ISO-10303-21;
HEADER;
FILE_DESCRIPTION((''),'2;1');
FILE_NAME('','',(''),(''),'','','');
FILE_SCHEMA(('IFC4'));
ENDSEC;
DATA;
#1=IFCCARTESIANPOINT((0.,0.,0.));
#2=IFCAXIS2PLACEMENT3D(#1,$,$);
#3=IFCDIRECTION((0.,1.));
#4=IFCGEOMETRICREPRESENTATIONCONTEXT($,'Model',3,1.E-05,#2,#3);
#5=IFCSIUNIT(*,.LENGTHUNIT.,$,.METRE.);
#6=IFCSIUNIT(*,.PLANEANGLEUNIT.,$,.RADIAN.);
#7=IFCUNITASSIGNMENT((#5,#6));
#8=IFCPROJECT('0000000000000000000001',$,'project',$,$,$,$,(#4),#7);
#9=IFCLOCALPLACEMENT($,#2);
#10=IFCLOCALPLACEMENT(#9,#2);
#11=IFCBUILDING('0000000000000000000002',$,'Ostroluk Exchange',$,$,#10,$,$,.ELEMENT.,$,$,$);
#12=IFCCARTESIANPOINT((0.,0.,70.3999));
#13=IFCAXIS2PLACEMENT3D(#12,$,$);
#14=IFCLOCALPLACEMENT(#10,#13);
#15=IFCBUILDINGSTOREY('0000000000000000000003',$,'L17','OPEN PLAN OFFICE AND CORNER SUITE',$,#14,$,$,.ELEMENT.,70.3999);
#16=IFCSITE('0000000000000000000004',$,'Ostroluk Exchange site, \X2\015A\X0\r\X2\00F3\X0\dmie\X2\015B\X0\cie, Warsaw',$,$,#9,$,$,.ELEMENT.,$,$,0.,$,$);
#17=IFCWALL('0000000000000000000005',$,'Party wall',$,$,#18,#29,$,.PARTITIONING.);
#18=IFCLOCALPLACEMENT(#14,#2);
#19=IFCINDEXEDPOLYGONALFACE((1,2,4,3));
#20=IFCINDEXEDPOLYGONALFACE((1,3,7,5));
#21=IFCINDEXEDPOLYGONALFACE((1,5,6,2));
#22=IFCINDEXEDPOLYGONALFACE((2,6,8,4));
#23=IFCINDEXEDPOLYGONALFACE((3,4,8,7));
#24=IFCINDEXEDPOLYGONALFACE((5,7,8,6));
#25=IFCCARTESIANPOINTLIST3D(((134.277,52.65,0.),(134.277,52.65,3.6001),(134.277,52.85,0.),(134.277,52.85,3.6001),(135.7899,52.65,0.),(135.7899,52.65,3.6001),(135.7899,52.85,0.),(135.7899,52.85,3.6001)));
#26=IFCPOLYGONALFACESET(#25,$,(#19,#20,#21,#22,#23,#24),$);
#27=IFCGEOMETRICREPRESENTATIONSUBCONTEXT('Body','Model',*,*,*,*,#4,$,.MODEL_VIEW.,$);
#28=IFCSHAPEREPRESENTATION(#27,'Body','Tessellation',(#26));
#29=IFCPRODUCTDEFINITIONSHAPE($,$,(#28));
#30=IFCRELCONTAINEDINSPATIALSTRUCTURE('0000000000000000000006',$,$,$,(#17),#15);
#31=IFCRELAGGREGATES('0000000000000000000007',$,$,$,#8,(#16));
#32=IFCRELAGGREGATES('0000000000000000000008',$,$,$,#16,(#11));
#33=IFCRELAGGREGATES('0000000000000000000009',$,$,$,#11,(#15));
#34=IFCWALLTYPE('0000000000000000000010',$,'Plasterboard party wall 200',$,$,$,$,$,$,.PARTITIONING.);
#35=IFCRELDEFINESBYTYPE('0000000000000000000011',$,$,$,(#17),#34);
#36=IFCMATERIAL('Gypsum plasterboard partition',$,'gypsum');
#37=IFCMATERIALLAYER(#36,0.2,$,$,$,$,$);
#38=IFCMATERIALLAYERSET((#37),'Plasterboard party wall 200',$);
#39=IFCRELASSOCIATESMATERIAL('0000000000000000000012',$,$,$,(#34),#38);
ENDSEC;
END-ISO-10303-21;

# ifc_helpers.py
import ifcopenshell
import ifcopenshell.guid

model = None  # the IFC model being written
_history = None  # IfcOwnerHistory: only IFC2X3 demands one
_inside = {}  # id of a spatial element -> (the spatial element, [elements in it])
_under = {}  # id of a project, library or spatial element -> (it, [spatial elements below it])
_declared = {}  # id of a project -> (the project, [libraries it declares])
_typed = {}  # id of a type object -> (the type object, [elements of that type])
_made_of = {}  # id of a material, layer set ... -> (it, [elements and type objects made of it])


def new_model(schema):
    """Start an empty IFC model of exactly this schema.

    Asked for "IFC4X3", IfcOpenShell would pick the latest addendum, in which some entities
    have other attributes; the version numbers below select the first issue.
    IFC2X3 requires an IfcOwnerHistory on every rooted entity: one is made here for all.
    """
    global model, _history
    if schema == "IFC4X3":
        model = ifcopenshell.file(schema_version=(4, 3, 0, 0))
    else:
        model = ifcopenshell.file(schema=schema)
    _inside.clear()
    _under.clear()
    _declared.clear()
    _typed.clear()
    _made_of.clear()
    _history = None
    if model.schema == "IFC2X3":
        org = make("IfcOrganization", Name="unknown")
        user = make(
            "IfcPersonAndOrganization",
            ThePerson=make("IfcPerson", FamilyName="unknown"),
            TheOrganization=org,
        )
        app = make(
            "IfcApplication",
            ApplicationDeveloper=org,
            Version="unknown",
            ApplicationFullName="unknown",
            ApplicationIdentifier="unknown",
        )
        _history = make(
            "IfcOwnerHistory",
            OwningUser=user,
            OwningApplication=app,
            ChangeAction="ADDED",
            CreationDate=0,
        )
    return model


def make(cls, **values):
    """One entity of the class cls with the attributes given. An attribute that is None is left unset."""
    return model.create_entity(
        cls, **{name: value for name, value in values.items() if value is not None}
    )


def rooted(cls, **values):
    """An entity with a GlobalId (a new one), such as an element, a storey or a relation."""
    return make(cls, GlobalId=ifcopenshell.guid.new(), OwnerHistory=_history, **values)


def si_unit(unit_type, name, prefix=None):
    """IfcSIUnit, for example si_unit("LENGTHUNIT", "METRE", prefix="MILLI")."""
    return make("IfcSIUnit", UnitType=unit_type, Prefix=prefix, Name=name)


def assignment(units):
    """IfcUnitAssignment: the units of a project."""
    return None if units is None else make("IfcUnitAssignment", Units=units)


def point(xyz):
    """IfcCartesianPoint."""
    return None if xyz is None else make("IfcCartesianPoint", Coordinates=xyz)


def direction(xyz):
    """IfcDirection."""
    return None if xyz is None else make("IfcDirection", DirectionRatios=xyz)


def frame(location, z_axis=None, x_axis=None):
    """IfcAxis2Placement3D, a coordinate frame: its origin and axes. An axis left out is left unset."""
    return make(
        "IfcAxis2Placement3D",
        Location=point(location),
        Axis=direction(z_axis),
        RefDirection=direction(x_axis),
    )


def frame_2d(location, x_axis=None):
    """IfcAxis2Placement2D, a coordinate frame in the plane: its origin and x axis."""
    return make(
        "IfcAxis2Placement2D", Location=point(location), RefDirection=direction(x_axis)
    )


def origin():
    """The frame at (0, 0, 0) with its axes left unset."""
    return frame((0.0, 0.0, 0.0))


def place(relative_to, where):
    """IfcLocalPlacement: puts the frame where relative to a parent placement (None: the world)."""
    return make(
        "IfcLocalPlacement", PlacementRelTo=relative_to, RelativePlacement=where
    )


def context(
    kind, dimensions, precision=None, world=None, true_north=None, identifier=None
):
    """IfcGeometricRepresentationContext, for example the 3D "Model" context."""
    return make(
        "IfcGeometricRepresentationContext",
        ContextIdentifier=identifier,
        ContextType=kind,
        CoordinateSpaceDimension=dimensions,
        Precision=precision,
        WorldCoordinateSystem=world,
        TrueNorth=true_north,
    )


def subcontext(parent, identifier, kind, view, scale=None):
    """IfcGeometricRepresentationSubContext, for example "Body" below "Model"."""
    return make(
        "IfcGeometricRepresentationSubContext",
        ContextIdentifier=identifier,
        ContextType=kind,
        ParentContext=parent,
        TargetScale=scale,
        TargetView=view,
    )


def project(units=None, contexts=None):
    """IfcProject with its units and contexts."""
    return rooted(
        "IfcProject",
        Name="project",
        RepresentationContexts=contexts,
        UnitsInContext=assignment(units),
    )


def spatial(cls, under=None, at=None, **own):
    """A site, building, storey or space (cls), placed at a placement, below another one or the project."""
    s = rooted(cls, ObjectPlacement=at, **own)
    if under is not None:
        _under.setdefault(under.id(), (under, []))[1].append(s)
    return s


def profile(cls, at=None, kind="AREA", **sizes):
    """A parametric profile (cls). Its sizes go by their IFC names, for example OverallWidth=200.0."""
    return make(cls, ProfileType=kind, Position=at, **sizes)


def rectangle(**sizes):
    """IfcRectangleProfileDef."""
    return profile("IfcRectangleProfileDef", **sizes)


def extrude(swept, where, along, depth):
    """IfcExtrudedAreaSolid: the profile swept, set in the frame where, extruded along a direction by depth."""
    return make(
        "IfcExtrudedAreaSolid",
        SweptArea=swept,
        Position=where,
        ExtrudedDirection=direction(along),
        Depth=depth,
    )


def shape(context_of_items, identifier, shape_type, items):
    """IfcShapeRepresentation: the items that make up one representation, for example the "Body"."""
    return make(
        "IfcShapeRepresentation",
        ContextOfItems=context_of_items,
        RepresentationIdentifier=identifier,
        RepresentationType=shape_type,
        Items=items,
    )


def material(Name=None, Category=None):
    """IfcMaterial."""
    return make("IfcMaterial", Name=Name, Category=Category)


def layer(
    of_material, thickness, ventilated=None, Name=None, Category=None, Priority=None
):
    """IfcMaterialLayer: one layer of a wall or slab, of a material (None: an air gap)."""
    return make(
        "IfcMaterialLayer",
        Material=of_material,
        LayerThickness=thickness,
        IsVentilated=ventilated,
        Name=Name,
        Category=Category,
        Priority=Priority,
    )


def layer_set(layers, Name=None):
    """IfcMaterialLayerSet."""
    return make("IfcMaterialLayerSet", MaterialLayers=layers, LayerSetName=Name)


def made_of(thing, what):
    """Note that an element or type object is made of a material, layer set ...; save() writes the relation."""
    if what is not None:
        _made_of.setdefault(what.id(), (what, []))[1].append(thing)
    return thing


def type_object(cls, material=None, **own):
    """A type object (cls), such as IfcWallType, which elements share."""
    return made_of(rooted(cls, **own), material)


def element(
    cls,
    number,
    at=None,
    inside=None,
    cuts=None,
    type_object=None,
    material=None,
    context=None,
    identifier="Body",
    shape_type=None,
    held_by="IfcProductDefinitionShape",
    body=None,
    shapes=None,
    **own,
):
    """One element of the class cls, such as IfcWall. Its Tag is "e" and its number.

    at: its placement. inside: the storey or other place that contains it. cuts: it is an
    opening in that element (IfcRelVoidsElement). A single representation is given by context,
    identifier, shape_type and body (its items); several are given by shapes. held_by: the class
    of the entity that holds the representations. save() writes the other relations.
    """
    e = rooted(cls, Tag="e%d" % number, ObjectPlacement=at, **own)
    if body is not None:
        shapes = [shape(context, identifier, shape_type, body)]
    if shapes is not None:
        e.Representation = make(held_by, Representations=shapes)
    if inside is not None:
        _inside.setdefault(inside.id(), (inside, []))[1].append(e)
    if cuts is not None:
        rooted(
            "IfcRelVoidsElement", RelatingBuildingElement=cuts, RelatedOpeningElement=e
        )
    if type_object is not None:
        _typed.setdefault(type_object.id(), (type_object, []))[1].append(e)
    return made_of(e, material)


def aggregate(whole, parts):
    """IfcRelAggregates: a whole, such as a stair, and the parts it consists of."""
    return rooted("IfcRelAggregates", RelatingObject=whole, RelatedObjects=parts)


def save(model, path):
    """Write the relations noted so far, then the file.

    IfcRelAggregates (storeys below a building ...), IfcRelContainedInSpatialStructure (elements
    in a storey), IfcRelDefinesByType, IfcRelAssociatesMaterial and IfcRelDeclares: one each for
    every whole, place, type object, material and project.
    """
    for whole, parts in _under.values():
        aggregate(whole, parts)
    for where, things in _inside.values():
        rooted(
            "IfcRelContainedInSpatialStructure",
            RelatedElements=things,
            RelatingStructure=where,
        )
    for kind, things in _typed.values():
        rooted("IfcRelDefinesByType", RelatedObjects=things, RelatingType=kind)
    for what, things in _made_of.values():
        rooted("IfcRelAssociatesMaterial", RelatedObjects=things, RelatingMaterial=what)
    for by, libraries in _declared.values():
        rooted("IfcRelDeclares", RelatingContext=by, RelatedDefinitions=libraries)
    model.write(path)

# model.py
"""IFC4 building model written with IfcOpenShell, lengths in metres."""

from ifc_helpers import new_model, si_unit, direction, frame, frame_2d, origin, place, context, subcontext, project, spatial, rectangle, extrude, material, layer, layer_set, type_object, element, save


model = new_model("IFC4")

# Units and contexts
model_context = context("Model", 3, precision=1e-05, world=origin(), true_north=direction((0.0, 1.0)))
body_context = subcontext(model_context, "Body", "Model", "MODEL_VIEW")
ifc_project = project(units=[si_unit("LENGTHUNIT", "METRE"), si_unit("PLANEANGLEUNIT", "RADIAN")], contexts=[model_context])

# Site, building, storey
site_placement = place(None, origin())
site = spatial("IfcSite", under=ifc_project, at=site_placement, Name="Ostroluk Exchange site, Śródmieście, Warsaw", CompositionType="ELEMENT", RefElevation=0.0)
building_placement = place(site_placement, origin())
building = spatial("IfcBuilding", under=site, at=building_placement, Name="Ostroluk Exchange", CompositionType="ELEMENT")
storey_placement = place(building_placement, frame((0.0, 0.0, 70.3999)))
storey = spatial("IfcBuildingStorey", under=building, at=storey_placement, Name="L17", Description="OPEN PLAN OFFICE AND CORNER SUITE", CompositionType="ELEMENT", Elevation=70.3999)

# Wall
ifc_material_1 = material(Name="Gypsum plasterboard partition", Category="gypsum")
ifc_layer_1 = layer(ifc_material_1, 0.2)
ifc_layer_set_1 = layer_set([ifc_layer_1], Name="Plasterboard party wall 200")
wall_type_1 = type_object("IfcWallType", Name="Plasterboard party wall 200", PredefinedType="PARTITIONING", material=ifc_layer_set_1)
wall_1_placement = place(storey_placement, frame((134.2771, 52.75, 0.0), z_axis=(0.0, 0.0, 1.0), x_axis=(1.0, 0.0, 0.0)))
element("IfcWall", 1, at=wall_1_placement, inside=storey, type_object=wall_type_1, Name="Party wall", PredefinedType="PARTITIONING", context=body_context, shape_type="SweptSolid", body=[
    extrude(rectangle(XDim=1.5129, YDim=0.2, at=frame_2d((0.7563, 0.0))), origin(), (0.0, 0.0, 1.0), 3.6001),
])

save(model, "model.ifc")
